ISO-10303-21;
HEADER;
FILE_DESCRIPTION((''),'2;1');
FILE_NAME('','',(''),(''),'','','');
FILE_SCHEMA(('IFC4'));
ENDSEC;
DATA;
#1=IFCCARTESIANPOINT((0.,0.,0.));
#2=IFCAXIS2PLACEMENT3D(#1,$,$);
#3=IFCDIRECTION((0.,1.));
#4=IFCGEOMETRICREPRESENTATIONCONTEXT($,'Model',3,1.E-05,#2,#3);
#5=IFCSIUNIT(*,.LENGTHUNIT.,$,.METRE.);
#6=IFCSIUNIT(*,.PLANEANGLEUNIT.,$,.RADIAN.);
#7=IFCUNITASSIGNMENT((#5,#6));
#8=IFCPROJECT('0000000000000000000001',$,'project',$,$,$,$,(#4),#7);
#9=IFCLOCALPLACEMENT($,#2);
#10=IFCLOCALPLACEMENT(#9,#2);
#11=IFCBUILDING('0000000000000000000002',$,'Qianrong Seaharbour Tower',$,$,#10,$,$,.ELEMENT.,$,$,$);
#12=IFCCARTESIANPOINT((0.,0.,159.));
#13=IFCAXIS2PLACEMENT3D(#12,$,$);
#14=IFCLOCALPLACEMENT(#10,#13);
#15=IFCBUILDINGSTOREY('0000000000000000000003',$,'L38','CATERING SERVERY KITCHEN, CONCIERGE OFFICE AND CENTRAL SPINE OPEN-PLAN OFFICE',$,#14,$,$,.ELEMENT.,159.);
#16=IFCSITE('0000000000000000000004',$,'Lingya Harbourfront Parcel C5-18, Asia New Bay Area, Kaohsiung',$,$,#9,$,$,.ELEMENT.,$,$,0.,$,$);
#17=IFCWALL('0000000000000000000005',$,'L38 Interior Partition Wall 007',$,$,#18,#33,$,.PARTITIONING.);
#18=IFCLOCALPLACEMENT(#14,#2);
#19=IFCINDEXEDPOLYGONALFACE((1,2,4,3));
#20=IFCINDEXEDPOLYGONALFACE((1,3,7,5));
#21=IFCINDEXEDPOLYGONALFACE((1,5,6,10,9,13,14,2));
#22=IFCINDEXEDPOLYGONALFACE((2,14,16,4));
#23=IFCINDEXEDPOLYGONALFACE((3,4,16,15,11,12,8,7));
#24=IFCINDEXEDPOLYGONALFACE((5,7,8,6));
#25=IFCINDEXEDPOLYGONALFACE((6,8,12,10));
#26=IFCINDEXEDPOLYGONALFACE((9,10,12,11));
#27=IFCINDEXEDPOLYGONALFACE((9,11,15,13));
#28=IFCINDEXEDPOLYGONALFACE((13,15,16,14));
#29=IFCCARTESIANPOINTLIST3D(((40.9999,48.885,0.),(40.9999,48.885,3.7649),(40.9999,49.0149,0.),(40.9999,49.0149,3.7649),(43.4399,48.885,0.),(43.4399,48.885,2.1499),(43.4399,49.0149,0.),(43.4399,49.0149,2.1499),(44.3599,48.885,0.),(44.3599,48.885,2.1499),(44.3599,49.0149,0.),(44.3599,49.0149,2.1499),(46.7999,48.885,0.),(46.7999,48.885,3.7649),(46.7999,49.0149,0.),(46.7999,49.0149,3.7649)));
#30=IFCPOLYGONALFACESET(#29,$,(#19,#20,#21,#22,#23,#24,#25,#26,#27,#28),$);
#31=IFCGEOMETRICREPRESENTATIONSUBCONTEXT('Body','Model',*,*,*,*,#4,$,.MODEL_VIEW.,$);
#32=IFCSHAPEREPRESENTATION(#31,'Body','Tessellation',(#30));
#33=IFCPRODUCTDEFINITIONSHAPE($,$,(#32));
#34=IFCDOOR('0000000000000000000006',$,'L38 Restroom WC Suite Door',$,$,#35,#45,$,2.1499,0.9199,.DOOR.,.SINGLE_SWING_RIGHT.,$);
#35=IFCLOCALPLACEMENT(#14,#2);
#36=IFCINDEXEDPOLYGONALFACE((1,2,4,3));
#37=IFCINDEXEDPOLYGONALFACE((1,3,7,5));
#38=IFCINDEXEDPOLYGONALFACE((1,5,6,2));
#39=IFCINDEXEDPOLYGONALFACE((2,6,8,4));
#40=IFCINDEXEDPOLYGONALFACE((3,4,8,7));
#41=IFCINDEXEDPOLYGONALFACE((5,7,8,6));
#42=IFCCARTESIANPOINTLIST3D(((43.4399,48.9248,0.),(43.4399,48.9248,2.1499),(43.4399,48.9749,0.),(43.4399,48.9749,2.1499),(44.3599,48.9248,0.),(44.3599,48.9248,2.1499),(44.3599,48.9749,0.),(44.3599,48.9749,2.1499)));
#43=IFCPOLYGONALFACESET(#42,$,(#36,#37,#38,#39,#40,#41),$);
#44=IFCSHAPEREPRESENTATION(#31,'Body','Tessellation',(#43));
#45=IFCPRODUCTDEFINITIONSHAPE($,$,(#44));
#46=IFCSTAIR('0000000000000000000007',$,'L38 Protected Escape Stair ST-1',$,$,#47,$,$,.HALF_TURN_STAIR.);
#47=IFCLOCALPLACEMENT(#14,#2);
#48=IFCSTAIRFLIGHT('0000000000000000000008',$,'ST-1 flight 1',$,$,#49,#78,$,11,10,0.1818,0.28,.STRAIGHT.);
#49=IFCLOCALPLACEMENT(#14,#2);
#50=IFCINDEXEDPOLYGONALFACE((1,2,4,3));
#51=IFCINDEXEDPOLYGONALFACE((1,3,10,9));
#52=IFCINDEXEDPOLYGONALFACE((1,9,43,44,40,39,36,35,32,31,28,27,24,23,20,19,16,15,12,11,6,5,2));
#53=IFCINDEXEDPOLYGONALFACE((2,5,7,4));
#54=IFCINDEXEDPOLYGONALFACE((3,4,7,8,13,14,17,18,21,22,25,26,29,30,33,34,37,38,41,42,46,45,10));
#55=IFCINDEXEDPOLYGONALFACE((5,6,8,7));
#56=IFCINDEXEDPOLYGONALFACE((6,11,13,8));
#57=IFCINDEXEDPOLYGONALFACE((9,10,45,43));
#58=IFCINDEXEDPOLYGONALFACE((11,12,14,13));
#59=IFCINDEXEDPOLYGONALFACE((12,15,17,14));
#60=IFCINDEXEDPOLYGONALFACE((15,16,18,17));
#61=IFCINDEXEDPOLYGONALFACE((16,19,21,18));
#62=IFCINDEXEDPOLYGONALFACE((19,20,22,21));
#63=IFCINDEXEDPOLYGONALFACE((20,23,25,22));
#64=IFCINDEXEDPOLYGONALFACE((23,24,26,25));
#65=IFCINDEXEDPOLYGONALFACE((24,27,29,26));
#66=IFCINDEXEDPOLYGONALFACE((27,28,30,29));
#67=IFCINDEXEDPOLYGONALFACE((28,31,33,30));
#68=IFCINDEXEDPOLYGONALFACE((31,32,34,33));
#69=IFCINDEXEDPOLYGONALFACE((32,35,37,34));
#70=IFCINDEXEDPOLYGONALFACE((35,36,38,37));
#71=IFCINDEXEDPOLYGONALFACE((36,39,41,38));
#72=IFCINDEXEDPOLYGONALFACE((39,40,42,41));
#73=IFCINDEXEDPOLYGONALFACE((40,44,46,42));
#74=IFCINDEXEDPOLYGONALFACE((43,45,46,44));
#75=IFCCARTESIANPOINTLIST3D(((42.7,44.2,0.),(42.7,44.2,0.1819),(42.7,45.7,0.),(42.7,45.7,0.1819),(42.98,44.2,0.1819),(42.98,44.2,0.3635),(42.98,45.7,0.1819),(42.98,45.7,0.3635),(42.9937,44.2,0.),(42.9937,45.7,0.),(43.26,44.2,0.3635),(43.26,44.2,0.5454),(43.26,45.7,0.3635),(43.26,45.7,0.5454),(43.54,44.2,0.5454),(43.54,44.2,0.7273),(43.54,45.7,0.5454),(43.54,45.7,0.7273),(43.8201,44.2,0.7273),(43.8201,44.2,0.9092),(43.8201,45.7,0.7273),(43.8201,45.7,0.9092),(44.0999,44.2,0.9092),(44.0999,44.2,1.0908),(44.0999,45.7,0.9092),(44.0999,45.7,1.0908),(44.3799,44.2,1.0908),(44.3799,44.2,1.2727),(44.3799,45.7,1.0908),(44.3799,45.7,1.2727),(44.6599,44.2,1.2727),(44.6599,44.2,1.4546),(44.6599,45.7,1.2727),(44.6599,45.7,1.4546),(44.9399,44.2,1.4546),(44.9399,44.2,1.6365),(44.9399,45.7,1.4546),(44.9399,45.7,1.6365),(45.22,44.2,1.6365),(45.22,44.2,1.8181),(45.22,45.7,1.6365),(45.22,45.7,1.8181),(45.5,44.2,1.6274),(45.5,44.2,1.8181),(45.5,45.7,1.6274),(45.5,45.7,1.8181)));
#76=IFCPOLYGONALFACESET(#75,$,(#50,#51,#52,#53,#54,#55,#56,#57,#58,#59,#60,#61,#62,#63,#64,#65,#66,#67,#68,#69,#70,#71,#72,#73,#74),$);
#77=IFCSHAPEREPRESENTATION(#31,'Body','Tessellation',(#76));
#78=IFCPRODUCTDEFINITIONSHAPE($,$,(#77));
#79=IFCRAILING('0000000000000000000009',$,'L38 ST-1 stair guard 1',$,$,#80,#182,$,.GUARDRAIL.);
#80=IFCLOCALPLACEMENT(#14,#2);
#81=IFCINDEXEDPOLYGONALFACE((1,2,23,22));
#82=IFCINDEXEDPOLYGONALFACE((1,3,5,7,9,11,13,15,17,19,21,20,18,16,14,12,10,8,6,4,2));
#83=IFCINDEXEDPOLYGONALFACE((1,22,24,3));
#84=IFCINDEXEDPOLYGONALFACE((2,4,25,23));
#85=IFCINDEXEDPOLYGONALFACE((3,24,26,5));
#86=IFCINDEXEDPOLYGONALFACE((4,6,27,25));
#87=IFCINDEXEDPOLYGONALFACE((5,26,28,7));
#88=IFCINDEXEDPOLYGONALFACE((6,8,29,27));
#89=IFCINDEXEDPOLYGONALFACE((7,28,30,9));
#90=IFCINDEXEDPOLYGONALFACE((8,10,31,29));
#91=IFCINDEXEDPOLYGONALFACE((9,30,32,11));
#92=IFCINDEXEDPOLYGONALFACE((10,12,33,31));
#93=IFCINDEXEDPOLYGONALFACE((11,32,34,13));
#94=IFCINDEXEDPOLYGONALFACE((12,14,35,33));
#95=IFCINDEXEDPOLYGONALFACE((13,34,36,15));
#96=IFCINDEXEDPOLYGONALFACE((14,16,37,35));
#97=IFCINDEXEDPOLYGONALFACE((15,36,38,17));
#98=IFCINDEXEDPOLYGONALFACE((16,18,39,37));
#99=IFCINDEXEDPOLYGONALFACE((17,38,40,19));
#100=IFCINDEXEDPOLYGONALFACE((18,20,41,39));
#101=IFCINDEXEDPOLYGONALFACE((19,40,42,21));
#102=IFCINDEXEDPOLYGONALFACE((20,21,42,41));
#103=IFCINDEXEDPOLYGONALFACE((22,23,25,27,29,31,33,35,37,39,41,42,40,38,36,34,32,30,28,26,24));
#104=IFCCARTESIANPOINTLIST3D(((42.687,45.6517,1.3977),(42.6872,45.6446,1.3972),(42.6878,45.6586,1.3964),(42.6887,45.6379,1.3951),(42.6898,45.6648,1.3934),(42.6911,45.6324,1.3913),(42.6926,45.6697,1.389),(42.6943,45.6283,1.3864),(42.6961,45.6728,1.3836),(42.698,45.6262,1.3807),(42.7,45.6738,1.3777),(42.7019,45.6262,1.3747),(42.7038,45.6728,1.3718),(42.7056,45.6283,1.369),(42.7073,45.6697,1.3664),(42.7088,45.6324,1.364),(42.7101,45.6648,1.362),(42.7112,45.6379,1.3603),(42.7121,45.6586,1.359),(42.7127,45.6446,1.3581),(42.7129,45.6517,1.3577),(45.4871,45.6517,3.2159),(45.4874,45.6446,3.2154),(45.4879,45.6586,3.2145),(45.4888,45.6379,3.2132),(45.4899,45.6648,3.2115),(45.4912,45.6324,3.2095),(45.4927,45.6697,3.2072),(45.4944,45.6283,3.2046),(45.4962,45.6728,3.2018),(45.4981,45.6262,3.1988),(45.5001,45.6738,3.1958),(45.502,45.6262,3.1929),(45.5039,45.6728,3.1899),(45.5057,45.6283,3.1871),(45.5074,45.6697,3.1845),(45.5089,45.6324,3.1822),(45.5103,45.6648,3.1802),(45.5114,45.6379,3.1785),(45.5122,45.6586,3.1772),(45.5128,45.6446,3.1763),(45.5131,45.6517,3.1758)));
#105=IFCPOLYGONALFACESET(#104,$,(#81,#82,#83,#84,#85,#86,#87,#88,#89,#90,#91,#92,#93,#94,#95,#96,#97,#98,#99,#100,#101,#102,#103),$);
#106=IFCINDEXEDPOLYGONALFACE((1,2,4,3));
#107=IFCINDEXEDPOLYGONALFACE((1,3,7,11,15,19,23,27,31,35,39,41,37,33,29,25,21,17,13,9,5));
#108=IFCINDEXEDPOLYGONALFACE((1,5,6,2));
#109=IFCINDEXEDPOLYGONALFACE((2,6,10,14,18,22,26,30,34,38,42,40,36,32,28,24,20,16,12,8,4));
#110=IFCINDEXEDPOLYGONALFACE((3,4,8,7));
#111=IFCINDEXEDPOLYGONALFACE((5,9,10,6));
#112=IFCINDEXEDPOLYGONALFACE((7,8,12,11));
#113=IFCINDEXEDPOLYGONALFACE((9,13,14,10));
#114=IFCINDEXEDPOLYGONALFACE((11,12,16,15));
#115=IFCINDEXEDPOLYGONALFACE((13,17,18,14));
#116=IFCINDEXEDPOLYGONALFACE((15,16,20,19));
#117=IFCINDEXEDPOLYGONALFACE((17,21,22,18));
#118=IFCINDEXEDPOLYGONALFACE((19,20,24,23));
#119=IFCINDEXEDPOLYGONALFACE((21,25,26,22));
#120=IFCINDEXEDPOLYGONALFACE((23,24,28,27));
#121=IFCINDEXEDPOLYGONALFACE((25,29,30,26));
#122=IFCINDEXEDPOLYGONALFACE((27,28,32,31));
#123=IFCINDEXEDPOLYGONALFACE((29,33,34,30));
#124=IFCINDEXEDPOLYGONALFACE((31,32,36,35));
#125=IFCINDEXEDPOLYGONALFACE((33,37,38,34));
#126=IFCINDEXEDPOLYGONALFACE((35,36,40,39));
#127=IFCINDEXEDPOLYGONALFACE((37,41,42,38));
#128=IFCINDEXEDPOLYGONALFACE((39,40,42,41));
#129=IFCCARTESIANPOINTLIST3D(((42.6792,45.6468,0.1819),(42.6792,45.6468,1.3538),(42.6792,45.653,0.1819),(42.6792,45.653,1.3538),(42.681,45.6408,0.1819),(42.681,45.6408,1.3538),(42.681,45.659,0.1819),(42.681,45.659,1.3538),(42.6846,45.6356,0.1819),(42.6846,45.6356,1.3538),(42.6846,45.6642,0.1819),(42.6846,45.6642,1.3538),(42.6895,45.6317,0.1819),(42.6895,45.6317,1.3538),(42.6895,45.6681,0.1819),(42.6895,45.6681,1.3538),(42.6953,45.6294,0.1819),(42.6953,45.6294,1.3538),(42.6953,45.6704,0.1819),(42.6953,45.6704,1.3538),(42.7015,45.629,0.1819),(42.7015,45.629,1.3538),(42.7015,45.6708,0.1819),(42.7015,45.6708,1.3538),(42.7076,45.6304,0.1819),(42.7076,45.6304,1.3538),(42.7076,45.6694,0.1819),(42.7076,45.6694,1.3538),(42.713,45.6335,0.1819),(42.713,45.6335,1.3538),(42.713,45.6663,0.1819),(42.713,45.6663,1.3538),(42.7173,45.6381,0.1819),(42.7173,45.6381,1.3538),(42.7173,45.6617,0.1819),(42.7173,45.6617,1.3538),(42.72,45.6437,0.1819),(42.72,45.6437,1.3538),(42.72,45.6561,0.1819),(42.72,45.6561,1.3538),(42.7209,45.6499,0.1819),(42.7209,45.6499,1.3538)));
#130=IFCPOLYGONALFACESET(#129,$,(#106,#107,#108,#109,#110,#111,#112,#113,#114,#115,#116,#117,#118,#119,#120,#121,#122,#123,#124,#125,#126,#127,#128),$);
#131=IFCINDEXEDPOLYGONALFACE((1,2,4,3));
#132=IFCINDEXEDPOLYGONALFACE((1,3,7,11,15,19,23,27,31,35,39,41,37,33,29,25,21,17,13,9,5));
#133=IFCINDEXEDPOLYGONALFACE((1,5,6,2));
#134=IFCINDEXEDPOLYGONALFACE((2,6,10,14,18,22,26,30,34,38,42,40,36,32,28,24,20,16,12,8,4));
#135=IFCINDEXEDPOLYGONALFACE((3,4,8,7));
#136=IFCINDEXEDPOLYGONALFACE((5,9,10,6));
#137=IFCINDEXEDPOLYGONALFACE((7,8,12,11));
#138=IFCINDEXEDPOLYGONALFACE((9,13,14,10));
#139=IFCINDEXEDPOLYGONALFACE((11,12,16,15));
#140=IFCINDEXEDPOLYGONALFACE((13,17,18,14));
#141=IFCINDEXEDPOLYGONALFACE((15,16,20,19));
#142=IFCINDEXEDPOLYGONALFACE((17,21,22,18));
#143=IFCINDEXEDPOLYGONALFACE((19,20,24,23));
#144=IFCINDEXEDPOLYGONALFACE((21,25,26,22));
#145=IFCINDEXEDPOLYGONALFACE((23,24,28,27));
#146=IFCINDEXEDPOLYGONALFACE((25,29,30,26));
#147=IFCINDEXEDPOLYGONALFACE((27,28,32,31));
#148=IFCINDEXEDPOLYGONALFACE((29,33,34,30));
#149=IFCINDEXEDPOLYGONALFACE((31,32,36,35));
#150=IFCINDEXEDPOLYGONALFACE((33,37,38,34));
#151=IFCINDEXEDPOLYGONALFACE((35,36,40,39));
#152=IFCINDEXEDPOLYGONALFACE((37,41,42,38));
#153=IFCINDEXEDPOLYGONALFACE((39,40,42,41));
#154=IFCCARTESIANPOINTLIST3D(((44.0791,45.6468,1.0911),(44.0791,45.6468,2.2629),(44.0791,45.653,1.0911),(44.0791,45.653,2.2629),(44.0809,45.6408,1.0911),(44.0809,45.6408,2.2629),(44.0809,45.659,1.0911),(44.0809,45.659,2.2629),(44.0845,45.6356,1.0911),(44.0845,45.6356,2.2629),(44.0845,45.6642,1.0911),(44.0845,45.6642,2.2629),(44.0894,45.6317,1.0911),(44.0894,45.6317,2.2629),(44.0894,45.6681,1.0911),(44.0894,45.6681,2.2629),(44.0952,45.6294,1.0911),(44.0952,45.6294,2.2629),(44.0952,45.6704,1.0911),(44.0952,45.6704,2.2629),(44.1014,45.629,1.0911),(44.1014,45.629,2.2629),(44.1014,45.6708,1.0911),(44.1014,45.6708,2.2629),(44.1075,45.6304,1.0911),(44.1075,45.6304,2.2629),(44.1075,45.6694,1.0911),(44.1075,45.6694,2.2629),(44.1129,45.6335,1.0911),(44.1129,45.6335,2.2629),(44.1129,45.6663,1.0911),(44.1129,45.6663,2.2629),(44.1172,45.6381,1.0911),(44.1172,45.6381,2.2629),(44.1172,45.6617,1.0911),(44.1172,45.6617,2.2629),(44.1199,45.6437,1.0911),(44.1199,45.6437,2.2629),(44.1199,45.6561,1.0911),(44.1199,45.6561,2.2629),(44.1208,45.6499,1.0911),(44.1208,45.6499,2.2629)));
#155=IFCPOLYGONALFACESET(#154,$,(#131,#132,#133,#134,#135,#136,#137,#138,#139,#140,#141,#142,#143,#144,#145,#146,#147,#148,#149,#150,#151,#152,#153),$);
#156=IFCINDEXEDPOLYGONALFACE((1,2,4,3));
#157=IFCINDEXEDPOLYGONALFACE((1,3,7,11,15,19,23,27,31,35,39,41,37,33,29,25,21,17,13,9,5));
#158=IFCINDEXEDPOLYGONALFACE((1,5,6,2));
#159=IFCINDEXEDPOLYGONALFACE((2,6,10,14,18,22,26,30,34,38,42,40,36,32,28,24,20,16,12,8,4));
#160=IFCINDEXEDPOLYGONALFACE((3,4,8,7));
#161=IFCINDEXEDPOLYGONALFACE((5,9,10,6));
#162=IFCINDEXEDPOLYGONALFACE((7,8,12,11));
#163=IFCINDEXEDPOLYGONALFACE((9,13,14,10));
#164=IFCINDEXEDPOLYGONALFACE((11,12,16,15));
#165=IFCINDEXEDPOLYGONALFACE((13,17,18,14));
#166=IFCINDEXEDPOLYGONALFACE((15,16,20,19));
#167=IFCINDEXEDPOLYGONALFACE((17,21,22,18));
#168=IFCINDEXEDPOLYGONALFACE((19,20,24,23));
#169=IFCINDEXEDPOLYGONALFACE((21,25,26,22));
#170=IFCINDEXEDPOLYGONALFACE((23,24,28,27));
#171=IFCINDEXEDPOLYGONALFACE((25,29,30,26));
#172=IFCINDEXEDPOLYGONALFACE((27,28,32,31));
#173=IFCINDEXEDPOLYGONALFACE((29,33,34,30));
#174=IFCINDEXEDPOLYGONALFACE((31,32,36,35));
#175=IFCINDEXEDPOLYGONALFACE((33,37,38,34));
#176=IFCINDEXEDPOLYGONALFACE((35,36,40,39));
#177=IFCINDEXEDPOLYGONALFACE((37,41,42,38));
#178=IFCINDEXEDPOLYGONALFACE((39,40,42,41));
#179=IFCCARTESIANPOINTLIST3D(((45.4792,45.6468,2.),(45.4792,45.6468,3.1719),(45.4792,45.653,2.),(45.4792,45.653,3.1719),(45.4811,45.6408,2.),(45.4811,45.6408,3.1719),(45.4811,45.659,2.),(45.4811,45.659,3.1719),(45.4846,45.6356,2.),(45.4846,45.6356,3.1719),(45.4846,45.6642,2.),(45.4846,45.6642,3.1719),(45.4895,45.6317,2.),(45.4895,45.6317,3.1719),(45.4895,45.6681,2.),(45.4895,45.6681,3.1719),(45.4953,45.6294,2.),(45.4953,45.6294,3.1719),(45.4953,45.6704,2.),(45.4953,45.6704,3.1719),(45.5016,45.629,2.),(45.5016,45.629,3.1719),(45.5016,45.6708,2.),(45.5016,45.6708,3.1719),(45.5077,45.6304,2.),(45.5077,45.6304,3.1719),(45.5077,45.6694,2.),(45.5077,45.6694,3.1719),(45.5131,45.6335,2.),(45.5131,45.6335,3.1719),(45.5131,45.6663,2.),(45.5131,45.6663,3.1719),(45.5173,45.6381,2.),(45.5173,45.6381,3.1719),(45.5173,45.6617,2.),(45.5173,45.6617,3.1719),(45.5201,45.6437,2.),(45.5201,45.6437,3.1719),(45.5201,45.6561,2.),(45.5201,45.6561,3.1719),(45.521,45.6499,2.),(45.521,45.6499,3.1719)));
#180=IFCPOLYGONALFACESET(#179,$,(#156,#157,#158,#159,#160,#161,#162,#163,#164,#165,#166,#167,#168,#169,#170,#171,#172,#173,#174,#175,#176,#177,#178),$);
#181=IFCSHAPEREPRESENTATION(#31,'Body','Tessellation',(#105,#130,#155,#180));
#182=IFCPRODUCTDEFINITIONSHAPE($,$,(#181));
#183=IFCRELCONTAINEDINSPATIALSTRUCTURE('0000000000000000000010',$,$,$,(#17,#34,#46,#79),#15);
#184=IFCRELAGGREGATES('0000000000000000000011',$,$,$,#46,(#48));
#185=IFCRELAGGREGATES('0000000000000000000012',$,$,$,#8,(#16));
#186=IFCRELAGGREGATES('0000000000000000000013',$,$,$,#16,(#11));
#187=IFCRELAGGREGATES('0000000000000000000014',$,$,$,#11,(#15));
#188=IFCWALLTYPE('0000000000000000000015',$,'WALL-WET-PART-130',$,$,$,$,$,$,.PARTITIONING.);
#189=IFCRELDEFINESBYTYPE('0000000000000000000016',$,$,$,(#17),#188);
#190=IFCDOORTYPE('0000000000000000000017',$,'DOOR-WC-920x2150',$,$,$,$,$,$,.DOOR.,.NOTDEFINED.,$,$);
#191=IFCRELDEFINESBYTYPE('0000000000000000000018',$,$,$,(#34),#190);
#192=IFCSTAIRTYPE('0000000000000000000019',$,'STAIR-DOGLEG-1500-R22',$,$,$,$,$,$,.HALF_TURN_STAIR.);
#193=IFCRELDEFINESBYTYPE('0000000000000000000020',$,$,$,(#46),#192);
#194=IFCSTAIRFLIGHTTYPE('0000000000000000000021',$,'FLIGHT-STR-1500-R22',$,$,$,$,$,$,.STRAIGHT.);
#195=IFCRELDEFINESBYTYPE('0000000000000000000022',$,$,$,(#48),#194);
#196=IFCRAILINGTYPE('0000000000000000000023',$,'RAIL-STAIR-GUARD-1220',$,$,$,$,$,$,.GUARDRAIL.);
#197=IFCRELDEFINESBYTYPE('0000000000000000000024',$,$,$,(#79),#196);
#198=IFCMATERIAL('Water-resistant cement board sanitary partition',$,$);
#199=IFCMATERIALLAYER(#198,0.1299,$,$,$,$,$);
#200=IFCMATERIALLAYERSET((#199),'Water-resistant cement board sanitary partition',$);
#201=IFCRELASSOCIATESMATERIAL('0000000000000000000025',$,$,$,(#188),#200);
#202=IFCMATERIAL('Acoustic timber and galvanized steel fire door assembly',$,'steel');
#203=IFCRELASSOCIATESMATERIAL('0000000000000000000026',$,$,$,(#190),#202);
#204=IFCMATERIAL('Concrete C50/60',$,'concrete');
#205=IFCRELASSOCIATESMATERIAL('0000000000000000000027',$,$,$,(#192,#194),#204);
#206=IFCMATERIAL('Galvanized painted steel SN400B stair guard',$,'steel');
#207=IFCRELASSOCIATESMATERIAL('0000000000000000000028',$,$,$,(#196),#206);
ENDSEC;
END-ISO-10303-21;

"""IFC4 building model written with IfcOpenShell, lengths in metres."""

from ifc_helpers import new_model, si_unit, direction, frame, frame_2d, origin, origin_2d, place, context, subcontext, project, spatial, polyline, rectangle, circle, outline, extrude, material, layer, layer_set, type_object, element, fill, aggregate, save


model = new_model("IFC4")

# Units and contexts
model_context = context("Model", 3, precision=1e-05, world=origin(), true_north=direction((0.0, 1.0)))
body_context = subcontext(model_context, "Body", "Model", "MODEL_VIEW")
ifc_project = project(units=[si_unit("LENGTHUNIT", "METRE"), si_unit("PLANEANGLEUNIT", "RADIAN")], contexts=[model_context])

# Site, building, storey
site_placement = place(None, origin())
site = spatial("IfcSite", under=ifc_project, at=site_placement, Name="Lingya Harbourfront Parcel C5-18, Asia New Bay Area, Kaohsiung", CompositionType="ELEMENT", RefElevation=0.0)
building_placement = place(site_placement, origin())
building = spatial("IfcBuilding", under=site, at=building_placement, Name="Qianrong Seaharbour Tower", CompositionType="ELEMENT")
storey_placement = place(building_placement, frame((0.0, 0.0, 159.0)))
storey = spatial("IfcBuildingStorey", under=building, at=storey_placement, Name="L38", Description="CATERING SERVERY KITCHEN, CONCIERGE OFFICE AND CENTRAL SPINE OPEN-PLAN OFFICE", CompositionType="ELEMENT", Elevation=159.0)

# Shared definitions
ifc_material_1 = material(Name="Acoustic timber and galvanized steel fire door assembly", Category="steel")

# Shared definitions
ifc_material_2 = material(Name="Concrete C50/60", Category="concrete")

# Shared definitions
ifc_material_3 = material(Name="Water-resistant cement board sanitary partition")
ifc_layer_1 = layer(ifc_material_3, 0.1299)
ifc_layer_set_1 = layer_set([ifc_layer_1], Name="Water-resistant cement board sanitary partition")
wall_type_1 = type_object("IfcWallType", Name="WALL-WET-PART-130", PredefinedType="PARTITIONING", material=ifc_layer_set_1)

# Wall, opening, door
wall_1_placement = place(storey_placement, frame((41.0, 48.95, 0.0), z_axis=(0.0, 0.0, 1.0), x_axis=(1.0, 0.0, 0.0)))
wall_1 = element("IfcWall", 1, at=wall_1_placement, inside=storey, type_object=wall_type_1, Name="L38 Interior Partition Wall 007", PredefinedType="PARTITIONING", context=body_context, shape_type="SweptSolid", body=[
    extrude(rectangle(XDim=5.8, YDim=0.1299, at=frame_2d((2.8999, 0.0))), origin(), (0.0, 0.0, 1.0), 3.7649),
])
opening_1_placement = place(wall_1_placement, frame((2.4399, 0.0, 0.0)))
opening_1 = element("IfcOpeningElement", 2, at=opening_1_placement, cuts=wall_1, PredefinedType="OPENING", context=body_context, shape_type="SweptSolid", body=[
    extrude(rectangle(XDim=0.9199, YDim=2.1499, at=frame_2d((0.46, 1.075))), frame((0.0, 0.075, 0.0), z_axis=(0.0, -1.0, 0.0), x_axis=(1.0, 0.0, 0.0)), (0.0, 0.0, 1.0), 0.1499),
])
door_type_1 = type_object("IfcDoorType", Name="DOOR-WC-920x2150", OperationType="NOTDEFINED", PredefinedType="DOOR", material=ifc_material_1)
door_1_placement = place(opening_1_placement, origin())
door_1 = element("IfcDoor", 3, at=door_1_placement, inside=storey, type_object=door_type_1, Name="L38 Restroom WC Suite Door", OperationType="SINGLE_SWING_RIGHT", OverallHeight=2.1499, OverallWidth=0.9199, PredefinedType="DOOR", context=body_context, shape_type="SweptSolid", body=[
    extrude(rectangle(XDim=0.9199, YDim=2.1499, at=frame_2d((0.46, 1.075))), frame((0.0, 0.0249, 0.0), z_axis=(0.0, -1.0, 0.0), x_axis=(1.0, 0.0, 0.0)), (0.0, 0.0, 1.0), 0.05),
])
fill(opening_1, door_1)

# Stair, stair flight
stair_type = type_object("IfcStairType", Name="STAIR-DOGLEG-1500-R22", PredefinedType="HALF_TURN_STAIR", material=ifc_material_2)
stair_placement = place(storey_placement, origin())
stair = element("IfcStair", 4, at=stair_placement, inside=storey, type_object=stair_type, Name="L38 Protected Escape Stair ST-1", PredefinedType="HALF_TURN_STAIR")
stair_flight_type = type_object("IfcStairFlightType", Name="FLIGHT-STR-1500-R22", PredefinedType="STRAIGHT", material=ifc_material_2)
stair_flight_placement = place(storey_placement, frame((42.7, 44.95, 0.0), z_axis=(0.0, 0.0, 1.0), x_axis=(1.0, 0.0, 0.0)))
stair_flight = element("IfcStairFlight", 5, at=stair_flight_placement, type_object=stair_flight_type, Name="ST-1 flight 1", NumberOfRisers=11, NumberOfTreads=10, PredefinedType="STRAIGHT", RiserHeight=0.1818, TreadLength=0.28, context=body_context, shape_type="SweptSolid", body=[
    extrude(outline(polyline([(0.0, 0.0), (0.0, 0.1819), (0.28, 0.1819), (0.28, 0.3635), (0.5601, 0.3635), (0.5601, 0.5454), (0.8401, 0.5454), (0.8401, 0.7273), (1.1201, 0.7273), (1.1201, 0.9092), (1.3999, 0.9092), (1.3999, 1.0908), (1.6799, 1.0908), (1.6799, 1.2727), (1.96, 1.2727), (1.96, 1.4546), (2.24, 1.4546), (2.24, 1.6365), (2.52, 1.6365), (2.52, 1.8181), (2.8, 1.8181), (2.8, 2.0), (2.8, 1.6274), (0.2937, 0.0), (0.0, 0.0)])), frame((0.0, 0.75, 0.0), z_axis=(0.0, -1.0, 0.0), x_axis=(1.0, 0.0, 0.0)), (0.0, 0.0, 1.0), 1.5),
])
aggregate(stair, [stair_flight])

# Railing
ifc_material_4 = material(Name="Galvanized painted steel SN400B stair guard", Category="steel")
railing_type = type_object("IfcRailingType", Name="RAIL-STAIR-GUARD-1220", PredefinedType="GUARDRAIL", material=ifc_material_4)
railing_1_placement = place(storey_placement, frame((42.7, 45.6499, 0.1819)))
element("IfcRailing", 6, at=railing_1_placement, inside=storey, type_object=railing_type, Name="L38 ST-1 stair guard 1", PredefinedType="GUARDRAIL", context=body_context, shape_type="SweptSolid", body=[
    extrude(circle(Radius=0.0239, at=origin_2d()), frame((0.0, 0.0, 1.1958), z_axis=(0.838706, 0.0, 0.544585), x_axis=(0.0, 1.0, 0.0)), (0.0, 0.0, 1.0), 3.3386),
    extrude(circle(Radius=0.021, at=origin_2d()), origin(), (0.0, 0.0, 1.0), 1.1719),
    extrude(circle(Radius=0.021, at=origin_2d()), frame((1.3999, 0.0, 0.9092)), (0.0, 0.0, 1.0), 1.1719),
    extrude(circle(Radius=0.021, at=origin_2d()), frame((2.8, 0.0, 1.8181)), (0.0, 0.0, 1.0), 1.1719),
])

save(model, "model.ifc")
